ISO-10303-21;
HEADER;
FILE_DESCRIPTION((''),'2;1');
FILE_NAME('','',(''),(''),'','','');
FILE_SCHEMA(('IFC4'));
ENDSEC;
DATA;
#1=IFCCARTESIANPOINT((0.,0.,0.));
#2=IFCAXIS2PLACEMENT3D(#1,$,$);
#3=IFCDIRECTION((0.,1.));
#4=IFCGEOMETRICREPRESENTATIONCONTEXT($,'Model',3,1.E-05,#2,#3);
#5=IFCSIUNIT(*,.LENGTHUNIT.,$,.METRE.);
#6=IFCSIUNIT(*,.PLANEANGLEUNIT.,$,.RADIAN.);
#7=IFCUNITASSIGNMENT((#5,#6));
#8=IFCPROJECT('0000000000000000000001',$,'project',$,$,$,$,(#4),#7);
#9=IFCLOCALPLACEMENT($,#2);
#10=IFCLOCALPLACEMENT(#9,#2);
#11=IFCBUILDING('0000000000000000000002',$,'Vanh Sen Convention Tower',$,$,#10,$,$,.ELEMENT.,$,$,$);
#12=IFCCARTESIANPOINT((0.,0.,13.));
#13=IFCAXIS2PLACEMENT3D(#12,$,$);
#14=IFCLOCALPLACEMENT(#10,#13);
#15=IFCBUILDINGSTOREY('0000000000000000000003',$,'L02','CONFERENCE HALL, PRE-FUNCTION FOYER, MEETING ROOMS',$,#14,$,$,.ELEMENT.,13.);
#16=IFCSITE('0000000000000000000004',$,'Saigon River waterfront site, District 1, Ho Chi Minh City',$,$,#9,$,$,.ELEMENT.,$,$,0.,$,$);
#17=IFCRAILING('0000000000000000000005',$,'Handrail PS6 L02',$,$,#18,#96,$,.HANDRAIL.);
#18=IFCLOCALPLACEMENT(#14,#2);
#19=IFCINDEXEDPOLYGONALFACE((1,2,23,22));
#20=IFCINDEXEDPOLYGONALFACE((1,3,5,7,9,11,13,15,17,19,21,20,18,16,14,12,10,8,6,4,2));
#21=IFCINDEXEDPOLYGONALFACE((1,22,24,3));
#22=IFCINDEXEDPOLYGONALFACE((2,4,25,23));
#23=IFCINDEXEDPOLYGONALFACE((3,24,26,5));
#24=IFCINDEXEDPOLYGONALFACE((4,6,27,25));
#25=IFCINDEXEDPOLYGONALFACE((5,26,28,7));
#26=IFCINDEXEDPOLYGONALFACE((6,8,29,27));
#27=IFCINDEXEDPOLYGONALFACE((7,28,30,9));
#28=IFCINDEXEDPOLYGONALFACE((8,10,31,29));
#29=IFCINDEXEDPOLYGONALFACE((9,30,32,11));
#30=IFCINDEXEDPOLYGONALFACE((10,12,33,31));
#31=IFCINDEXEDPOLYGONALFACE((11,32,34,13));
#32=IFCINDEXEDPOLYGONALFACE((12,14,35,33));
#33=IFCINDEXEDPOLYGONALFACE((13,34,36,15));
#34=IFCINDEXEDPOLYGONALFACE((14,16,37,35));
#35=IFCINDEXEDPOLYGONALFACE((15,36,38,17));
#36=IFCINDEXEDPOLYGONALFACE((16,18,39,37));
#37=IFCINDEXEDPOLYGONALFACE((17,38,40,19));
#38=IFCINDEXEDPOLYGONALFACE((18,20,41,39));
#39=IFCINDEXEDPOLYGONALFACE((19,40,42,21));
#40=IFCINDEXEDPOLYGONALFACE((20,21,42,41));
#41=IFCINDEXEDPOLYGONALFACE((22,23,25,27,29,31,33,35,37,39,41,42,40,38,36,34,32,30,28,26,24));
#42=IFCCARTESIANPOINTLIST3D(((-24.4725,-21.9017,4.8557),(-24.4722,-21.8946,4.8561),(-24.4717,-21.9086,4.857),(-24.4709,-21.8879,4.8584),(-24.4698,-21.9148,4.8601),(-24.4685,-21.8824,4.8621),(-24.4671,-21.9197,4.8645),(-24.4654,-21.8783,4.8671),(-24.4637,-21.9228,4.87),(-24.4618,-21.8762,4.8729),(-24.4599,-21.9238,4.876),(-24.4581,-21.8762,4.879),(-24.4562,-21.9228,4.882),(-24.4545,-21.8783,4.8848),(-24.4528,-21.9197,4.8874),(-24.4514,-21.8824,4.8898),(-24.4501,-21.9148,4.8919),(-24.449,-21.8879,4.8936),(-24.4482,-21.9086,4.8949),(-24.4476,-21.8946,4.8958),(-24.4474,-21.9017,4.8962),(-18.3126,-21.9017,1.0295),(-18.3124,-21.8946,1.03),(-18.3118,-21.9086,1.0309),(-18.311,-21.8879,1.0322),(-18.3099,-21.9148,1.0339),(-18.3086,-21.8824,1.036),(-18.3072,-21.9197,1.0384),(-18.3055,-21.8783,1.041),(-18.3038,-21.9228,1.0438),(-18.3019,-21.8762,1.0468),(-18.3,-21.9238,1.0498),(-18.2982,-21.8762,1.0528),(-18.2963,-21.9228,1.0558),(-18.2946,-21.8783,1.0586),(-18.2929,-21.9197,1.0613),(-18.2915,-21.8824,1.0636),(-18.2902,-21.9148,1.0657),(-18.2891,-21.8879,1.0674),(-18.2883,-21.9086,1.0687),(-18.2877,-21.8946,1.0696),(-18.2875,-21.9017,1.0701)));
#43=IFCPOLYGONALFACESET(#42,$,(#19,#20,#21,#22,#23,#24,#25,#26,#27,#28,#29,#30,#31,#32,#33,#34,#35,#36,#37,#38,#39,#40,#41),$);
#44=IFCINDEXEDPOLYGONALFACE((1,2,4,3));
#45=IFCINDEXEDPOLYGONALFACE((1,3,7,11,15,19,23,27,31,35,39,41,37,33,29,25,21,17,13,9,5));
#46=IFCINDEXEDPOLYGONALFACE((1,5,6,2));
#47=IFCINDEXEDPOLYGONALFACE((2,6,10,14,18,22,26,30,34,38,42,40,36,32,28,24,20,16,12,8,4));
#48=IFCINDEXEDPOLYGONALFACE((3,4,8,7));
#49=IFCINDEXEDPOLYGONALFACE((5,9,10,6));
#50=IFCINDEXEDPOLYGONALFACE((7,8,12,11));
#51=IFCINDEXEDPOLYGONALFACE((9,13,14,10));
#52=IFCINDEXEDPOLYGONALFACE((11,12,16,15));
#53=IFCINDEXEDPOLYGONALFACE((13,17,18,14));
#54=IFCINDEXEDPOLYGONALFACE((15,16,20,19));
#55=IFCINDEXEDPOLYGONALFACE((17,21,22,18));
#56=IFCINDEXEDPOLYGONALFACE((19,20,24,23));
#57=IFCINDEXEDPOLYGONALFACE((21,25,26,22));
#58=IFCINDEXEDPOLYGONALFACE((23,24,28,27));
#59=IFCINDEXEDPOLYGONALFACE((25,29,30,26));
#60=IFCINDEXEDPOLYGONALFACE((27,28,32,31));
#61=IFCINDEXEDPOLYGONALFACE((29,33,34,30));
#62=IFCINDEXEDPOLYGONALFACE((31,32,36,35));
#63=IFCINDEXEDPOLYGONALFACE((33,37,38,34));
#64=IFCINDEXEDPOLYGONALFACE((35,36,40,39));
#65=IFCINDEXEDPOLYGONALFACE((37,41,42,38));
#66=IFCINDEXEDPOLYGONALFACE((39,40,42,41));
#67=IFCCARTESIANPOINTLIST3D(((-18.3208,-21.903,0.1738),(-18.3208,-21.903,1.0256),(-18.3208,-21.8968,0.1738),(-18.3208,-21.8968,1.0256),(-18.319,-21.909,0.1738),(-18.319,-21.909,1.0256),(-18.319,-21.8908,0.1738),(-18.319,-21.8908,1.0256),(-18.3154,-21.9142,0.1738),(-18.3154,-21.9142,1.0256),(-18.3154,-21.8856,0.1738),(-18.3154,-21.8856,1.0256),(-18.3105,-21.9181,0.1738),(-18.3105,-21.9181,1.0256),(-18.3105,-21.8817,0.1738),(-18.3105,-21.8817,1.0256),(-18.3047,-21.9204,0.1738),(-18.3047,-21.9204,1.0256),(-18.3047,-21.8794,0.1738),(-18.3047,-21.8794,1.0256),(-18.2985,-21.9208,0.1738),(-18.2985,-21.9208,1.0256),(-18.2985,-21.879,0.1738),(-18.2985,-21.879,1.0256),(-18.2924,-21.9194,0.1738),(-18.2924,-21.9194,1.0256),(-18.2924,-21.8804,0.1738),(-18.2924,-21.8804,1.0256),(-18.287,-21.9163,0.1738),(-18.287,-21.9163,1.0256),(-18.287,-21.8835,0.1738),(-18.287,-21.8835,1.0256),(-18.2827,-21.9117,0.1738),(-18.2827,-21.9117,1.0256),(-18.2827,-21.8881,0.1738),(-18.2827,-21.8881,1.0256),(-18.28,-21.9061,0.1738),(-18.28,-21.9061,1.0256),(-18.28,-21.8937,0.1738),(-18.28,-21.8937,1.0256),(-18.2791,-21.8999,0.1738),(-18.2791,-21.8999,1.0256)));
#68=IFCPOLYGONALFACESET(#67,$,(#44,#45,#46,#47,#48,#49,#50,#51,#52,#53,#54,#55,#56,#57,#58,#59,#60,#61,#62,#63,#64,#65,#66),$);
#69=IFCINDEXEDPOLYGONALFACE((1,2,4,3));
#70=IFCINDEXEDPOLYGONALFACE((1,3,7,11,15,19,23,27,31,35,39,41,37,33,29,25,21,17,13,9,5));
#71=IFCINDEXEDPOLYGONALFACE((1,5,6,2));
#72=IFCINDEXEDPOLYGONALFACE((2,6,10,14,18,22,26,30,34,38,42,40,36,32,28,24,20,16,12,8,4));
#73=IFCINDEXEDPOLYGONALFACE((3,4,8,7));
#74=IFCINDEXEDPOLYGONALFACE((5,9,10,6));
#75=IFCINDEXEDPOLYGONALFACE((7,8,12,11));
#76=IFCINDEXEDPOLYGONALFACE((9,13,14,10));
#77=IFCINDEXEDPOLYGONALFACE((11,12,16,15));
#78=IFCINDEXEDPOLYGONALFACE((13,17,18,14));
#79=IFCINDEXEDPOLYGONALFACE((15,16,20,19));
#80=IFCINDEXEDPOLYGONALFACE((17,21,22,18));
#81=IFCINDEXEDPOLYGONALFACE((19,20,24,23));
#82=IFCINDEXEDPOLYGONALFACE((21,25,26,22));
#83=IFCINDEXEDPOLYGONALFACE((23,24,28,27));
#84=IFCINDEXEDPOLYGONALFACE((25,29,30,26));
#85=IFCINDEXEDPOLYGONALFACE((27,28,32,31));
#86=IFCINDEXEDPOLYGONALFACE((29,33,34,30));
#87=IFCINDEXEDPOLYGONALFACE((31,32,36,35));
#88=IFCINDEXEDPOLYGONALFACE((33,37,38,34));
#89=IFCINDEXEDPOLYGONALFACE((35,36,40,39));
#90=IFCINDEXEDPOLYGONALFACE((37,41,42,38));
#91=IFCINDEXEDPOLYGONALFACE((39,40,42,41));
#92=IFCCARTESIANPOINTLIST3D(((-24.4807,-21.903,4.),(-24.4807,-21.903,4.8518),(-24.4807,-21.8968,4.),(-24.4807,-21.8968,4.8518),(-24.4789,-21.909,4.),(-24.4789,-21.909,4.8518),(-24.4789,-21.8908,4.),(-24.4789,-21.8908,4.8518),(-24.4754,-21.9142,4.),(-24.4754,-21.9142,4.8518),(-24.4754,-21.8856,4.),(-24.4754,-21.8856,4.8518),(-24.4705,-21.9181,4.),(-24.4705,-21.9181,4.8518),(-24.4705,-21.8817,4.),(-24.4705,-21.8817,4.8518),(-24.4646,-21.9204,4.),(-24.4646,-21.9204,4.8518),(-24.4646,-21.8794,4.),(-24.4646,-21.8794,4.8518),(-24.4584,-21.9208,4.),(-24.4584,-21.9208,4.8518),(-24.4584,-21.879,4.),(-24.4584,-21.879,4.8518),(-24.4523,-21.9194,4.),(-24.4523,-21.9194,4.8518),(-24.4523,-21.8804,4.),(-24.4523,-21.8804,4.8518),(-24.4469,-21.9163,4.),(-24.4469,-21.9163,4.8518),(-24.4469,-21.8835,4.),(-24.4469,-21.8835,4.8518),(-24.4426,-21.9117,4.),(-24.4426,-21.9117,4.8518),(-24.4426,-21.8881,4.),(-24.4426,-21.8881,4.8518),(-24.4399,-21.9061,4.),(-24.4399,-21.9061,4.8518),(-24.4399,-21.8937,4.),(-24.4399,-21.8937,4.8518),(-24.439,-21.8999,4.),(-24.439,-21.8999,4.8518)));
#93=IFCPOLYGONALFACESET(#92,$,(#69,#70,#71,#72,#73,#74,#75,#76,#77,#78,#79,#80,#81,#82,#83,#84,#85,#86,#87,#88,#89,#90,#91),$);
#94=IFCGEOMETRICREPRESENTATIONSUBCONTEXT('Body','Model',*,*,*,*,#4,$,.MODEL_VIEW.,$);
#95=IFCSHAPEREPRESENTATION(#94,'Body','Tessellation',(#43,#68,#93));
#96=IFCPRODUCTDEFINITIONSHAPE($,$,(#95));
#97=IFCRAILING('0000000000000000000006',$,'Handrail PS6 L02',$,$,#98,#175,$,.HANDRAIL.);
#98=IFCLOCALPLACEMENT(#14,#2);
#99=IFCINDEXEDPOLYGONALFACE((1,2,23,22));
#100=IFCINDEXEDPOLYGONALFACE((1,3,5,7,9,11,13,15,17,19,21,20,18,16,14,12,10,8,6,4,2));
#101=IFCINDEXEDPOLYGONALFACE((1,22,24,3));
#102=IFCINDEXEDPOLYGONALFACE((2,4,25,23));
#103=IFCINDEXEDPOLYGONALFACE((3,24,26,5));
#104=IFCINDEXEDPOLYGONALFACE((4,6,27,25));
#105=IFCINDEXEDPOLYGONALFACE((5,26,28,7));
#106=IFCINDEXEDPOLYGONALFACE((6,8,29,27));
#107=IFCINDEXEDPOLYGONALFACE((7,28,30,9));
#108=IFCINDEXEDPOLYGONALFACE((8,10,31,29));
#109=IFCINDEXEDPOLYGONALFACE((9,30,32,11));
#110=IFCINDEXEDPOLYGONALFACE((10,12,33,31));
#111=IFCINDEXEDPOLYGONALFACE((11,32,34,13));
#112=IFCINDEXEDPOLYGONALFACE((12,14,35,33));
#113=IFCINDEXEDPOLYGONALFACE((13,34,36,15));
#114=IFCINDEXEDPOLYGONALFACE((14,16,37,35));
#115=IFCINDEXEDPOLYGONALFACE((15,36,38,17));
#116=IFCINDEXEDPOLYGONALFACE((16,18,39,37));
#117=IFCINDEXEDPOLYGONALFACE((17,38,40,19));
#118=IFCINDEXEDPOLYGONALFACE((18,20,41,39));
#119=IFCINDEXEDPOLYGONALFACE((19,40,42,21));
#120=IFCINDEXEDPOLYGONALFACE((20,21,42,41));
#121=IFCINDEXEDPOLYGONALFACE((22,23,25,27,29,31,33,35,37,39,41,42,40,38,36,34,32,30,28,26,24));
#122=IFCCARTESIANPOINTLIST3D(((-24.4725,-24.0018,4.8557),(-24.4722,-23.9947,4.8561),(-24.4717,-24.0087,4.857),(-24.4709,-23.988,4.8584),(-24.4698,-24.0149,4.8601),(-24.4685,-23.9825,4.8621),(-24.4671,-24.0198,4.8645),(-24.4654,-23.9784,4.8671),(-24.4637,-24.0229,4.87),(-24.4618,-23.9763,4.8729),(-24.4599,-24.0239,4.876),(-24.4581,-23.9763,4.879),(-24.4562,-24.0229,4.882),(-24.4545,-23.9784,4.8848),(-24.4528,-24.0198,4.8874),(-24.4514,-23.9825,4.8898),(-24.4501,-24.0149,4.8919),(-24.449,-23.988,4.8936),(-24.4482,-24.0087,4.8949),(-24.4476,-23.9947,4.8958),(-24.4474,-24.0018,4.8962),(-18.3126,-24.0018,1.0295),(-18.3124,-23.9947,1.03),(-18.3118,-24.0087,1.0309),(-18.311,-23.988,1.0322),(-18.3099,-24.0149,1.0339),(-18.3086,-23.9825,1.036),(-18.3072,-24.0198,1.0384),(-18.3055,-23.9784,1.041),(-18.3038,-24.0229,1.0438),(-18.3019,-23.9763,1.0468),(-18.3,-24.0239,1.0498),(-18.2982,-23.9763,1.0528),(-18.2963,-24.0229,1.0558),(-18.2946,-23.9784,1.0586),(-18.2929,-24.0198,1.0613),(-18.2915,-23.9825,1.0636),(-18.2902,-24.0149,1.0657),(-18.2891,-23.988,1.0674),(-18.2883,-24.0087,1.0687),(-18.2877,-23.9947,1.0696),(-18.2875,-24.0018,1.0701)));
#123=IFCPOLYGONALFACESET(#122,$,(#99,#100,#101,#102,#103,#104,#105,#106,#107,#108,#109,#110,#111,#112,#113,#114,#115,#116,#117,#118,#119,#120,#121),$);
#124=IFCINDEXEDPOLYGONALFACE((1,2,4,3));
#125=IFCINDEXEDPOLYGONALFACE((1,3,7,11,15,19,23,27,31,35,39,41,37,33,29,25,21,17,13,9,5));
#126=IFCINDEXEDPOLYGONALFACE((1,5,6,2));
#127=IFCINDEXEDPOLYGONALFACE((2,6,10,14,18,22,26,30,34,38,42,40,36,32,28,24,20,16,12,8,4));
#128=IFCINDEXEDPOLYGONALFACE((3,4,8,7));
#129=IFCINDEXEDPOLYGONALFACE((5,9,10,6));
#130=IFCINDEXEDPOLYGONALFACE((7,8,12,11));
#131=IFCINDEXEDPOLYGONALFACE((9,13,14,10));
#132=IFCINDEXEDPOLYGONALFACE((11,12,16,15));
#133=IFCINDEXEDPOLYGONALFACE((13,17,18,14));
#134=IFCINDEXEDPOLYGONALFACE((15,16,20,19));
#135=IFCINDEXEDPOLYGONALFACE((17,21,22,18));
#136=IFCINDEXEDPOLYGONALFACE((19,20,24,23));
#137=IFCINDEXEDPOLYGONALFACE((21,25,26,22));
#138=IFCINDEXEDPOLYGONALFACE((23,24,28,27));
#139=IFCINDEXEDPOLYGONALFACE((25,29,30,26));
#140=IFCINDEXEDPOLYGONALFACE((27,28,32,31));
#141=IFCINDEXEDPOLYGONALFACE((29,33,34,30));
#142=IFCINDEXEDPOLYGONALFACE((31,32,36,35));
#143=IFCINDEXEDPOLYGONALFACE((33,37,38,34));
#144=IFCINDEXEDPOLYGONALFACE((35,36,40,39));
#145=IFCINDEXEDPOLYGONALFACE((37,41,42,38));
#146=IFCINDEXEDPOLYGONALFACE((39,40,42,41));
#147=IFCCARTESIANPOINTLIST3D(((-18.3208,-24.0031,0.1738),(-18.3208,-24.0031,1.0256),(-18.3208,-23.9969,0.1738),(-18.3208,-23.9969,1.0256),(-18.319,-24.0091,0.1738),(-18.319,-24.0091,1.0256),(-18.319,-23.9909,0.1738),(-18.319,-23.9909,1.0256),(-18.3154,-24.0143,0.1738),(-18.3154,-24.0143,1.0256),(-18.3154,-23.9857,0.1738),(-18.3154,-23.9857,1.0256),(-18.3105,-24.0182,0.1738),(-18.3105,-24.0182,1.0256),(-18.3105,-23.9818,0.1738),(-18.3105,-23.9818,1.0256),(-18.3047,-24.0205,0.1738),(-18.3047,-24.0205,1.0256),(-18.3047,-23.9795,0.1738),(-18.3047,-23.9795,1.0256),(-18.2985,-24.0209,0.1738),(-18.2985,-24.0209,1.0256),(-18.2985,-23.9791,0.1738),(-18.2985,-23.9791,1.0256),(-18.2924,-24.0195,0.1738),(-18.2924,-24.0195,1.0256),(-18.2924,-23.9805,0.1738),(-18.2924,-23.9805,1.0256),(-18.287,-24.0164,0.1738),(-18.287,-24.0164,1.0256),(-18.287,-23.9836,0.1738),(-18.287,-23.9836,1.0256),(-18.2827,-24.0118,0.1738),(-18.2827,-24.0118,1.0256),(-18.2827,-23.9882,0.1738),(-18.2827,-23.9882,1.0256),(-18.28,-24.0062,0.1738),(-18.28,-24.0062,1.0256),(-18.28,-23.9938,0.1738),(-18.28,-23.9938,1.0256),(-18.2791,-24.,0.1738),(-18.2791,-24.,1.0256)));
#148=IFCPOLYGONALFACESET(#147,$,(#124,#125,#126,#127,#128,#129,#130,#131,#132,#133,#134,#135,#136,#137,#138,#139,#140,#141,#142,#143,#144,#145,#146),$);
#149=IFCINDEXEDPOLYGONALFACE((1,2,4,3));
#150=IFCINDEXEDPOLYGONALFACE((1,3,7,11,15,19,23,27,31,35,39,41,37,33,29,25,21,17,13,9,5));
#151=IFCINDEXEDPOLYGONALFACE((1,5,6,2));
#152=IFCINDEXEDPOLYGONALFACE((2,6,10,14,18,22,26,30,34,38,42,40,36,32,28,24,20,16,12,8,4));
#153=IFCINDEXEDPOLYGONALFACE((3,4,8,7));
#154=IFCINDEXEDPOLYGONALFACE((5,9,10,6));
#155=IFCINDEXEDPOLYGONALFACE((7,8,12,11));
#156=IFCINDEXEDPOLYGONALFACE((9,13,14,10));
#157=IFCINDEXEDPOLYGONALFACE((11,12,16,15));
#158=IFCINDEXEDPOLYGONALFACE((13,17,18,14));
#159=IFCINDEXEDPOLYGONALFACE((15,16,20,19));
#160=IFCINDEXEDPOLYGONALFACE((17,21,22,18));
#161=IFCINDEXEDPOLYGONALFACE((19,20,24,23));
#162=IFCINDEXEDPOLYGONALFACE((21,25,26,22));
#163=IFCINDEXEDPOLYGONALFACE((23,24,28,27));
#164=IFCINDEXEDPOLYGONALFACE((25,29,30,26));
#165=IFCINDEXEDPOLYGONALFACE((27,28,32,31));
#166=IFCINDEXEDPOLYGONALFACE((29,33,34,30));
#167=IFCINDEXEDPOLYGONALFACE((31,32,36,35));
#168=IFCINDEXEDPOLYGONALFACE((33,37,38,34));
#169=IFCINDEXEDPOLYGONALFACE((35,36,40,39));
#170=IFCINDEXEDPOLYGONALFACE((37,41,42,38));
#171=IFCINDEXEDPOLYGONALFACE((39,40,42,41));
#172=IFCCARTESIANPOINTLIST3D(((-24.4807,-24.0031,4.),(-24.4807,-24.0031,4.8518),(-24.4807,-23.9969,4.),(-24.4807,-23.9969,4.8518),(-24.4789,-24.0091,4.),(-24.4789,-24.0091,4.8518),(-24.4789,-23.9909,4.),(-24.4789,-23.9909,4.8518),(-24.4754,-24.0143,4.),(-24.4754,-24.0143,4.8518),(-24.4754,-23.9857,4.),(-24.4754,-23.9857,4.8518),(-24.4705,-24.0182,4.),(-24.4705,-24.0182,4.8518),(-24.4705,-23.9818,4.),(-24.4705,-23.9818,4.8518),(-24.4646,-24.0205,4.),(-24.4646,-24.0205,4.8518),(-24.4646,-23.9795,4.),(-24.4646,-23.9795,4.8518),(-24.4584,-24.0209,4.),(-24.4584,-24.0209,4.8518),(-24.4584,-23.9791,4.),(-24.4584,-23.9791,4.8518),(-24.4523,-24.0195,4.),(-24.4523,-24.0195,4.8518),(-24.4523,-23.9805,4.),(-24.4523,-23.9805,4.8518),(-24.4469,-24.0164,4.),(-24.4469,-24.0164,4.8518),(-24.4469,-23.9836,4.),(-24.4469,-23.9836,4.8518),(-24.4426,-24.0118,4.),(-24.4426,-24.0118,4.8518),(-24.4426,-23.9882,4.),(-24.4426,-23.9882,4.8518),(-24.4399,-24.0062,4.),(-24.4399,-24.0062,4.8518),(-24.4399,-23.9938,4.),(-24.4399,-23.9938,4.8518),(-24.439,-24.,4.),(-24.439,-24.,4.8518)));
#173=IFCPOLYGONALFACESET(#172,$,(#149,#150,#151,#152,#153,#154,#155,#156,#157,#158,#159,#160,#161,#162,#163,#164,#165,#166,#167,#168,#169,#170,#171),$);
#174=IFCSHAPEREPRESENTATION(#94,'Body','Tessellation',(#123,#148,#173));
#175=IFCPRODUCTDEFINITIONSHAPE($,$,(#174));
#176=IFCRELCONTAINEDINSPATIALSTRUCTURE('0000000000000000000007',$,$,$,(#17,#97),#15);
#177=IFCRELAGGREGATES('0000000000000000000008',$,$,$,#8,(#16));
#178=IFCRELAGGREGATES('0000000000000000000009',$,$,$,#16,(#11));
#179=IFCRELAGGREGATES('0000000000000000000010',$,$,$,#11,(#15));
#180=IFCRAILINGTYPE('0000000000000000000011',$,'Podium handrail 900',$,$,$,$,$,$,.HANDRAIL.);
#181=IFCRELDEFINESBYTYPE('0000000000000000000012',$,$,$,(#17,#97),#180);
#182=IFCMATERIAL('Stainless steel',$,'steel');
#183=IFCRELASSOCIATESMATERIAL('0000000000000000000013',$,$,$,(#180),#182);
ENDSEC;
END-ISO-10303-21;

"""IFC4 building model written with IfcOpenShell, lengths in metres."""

from ifc_helpers import new_model, si_unit, direction, frame, origin, origin_2d, place, context, subcontext, project, spatial, circle, extrude, material, type_object, element, save


model = new_model("IFC4")

# Units and contexts
model_context = context("Model", 3, precision=1e-05, world=origin(), true_north=direction((0.0, 1.0)))
body_context = subcontext(model_context, "Body", "Model", "MODEL_VIEW")
ifc_project = project(units=[si_unit("LENGTHUNIT", "METRE"), si_unit("PLANEANGLEUNIT", "RADIAN")], contexts=[model_context])

# Site, building, storey
site_placement = place(None, origin())
site = spatial("IfcSite", under=ifc_project, at=site_placement, Name="Saigon River waterfront site, District 1, Ho Chi Minh City", CompositionType="ELEMENT", RefElevation=0.0)
building_placement = place(site_placement, origin())
building = spatial("IfcBuilding", under=site, at=building_placement, Name="Vanh Sen Convention Tower", CompositionType="ELEMENT")
storey_placement = place(building_placement, frame((0.0, 0.0, 13.0)))
storey = spatial("IfcBuildingStorey", under=building, at=storey_placement, Name="L02", Description="CONFERENCE HALL, PRE-FUNCTION FOYER, MEETING ROOMS", CompositionType="ELEMENT", Elevation=13.0)

# Railings
ifc_material_1 = material(Name="Stainless steel", Category="steel")
railing_type = type_object("IfcRailingType", Name="Podium handrail 900", PredefinedType="HANDRAIL", material=ifc_material_1)
for number, where, name in (
    (1, (-18.3, -21.8999, 0.1738), "Handrail PS6 L02"),
    (2, (-18.3, -24.0, 0.1738), "Handrail PS6 L02"),
):
    element("IfcRailing", number, at=place(storey_placement, frame(where)), inside=storey, type_object=railing_type, Name=name, PredefinedType="HANDRAIL", context=body_context, shape_type="SweptSolid", body=[
        extrude(circle(Radius=0.0239, at=origin_2d()), frame((0.0, 0.0, 0.876), z_axis=(-0.849468, 0.0, 0.527639), x_axis=(0.0, -1.0, 0.0)), (0.0, 0.0, 1.0), 7.2515),
        extrude(circle(Radius=0.021, at=origin_2d()), origin(), (0.0, 0.0, 1.0), 0.8518),
        extrude(circle(Radius=0.021, at=origin_2d()), frame((-6.1599, 0.0, 3.8262)), (0.0, 0.0, 1.0), 0.8518),
    ])

save(model, "model.ifc")
